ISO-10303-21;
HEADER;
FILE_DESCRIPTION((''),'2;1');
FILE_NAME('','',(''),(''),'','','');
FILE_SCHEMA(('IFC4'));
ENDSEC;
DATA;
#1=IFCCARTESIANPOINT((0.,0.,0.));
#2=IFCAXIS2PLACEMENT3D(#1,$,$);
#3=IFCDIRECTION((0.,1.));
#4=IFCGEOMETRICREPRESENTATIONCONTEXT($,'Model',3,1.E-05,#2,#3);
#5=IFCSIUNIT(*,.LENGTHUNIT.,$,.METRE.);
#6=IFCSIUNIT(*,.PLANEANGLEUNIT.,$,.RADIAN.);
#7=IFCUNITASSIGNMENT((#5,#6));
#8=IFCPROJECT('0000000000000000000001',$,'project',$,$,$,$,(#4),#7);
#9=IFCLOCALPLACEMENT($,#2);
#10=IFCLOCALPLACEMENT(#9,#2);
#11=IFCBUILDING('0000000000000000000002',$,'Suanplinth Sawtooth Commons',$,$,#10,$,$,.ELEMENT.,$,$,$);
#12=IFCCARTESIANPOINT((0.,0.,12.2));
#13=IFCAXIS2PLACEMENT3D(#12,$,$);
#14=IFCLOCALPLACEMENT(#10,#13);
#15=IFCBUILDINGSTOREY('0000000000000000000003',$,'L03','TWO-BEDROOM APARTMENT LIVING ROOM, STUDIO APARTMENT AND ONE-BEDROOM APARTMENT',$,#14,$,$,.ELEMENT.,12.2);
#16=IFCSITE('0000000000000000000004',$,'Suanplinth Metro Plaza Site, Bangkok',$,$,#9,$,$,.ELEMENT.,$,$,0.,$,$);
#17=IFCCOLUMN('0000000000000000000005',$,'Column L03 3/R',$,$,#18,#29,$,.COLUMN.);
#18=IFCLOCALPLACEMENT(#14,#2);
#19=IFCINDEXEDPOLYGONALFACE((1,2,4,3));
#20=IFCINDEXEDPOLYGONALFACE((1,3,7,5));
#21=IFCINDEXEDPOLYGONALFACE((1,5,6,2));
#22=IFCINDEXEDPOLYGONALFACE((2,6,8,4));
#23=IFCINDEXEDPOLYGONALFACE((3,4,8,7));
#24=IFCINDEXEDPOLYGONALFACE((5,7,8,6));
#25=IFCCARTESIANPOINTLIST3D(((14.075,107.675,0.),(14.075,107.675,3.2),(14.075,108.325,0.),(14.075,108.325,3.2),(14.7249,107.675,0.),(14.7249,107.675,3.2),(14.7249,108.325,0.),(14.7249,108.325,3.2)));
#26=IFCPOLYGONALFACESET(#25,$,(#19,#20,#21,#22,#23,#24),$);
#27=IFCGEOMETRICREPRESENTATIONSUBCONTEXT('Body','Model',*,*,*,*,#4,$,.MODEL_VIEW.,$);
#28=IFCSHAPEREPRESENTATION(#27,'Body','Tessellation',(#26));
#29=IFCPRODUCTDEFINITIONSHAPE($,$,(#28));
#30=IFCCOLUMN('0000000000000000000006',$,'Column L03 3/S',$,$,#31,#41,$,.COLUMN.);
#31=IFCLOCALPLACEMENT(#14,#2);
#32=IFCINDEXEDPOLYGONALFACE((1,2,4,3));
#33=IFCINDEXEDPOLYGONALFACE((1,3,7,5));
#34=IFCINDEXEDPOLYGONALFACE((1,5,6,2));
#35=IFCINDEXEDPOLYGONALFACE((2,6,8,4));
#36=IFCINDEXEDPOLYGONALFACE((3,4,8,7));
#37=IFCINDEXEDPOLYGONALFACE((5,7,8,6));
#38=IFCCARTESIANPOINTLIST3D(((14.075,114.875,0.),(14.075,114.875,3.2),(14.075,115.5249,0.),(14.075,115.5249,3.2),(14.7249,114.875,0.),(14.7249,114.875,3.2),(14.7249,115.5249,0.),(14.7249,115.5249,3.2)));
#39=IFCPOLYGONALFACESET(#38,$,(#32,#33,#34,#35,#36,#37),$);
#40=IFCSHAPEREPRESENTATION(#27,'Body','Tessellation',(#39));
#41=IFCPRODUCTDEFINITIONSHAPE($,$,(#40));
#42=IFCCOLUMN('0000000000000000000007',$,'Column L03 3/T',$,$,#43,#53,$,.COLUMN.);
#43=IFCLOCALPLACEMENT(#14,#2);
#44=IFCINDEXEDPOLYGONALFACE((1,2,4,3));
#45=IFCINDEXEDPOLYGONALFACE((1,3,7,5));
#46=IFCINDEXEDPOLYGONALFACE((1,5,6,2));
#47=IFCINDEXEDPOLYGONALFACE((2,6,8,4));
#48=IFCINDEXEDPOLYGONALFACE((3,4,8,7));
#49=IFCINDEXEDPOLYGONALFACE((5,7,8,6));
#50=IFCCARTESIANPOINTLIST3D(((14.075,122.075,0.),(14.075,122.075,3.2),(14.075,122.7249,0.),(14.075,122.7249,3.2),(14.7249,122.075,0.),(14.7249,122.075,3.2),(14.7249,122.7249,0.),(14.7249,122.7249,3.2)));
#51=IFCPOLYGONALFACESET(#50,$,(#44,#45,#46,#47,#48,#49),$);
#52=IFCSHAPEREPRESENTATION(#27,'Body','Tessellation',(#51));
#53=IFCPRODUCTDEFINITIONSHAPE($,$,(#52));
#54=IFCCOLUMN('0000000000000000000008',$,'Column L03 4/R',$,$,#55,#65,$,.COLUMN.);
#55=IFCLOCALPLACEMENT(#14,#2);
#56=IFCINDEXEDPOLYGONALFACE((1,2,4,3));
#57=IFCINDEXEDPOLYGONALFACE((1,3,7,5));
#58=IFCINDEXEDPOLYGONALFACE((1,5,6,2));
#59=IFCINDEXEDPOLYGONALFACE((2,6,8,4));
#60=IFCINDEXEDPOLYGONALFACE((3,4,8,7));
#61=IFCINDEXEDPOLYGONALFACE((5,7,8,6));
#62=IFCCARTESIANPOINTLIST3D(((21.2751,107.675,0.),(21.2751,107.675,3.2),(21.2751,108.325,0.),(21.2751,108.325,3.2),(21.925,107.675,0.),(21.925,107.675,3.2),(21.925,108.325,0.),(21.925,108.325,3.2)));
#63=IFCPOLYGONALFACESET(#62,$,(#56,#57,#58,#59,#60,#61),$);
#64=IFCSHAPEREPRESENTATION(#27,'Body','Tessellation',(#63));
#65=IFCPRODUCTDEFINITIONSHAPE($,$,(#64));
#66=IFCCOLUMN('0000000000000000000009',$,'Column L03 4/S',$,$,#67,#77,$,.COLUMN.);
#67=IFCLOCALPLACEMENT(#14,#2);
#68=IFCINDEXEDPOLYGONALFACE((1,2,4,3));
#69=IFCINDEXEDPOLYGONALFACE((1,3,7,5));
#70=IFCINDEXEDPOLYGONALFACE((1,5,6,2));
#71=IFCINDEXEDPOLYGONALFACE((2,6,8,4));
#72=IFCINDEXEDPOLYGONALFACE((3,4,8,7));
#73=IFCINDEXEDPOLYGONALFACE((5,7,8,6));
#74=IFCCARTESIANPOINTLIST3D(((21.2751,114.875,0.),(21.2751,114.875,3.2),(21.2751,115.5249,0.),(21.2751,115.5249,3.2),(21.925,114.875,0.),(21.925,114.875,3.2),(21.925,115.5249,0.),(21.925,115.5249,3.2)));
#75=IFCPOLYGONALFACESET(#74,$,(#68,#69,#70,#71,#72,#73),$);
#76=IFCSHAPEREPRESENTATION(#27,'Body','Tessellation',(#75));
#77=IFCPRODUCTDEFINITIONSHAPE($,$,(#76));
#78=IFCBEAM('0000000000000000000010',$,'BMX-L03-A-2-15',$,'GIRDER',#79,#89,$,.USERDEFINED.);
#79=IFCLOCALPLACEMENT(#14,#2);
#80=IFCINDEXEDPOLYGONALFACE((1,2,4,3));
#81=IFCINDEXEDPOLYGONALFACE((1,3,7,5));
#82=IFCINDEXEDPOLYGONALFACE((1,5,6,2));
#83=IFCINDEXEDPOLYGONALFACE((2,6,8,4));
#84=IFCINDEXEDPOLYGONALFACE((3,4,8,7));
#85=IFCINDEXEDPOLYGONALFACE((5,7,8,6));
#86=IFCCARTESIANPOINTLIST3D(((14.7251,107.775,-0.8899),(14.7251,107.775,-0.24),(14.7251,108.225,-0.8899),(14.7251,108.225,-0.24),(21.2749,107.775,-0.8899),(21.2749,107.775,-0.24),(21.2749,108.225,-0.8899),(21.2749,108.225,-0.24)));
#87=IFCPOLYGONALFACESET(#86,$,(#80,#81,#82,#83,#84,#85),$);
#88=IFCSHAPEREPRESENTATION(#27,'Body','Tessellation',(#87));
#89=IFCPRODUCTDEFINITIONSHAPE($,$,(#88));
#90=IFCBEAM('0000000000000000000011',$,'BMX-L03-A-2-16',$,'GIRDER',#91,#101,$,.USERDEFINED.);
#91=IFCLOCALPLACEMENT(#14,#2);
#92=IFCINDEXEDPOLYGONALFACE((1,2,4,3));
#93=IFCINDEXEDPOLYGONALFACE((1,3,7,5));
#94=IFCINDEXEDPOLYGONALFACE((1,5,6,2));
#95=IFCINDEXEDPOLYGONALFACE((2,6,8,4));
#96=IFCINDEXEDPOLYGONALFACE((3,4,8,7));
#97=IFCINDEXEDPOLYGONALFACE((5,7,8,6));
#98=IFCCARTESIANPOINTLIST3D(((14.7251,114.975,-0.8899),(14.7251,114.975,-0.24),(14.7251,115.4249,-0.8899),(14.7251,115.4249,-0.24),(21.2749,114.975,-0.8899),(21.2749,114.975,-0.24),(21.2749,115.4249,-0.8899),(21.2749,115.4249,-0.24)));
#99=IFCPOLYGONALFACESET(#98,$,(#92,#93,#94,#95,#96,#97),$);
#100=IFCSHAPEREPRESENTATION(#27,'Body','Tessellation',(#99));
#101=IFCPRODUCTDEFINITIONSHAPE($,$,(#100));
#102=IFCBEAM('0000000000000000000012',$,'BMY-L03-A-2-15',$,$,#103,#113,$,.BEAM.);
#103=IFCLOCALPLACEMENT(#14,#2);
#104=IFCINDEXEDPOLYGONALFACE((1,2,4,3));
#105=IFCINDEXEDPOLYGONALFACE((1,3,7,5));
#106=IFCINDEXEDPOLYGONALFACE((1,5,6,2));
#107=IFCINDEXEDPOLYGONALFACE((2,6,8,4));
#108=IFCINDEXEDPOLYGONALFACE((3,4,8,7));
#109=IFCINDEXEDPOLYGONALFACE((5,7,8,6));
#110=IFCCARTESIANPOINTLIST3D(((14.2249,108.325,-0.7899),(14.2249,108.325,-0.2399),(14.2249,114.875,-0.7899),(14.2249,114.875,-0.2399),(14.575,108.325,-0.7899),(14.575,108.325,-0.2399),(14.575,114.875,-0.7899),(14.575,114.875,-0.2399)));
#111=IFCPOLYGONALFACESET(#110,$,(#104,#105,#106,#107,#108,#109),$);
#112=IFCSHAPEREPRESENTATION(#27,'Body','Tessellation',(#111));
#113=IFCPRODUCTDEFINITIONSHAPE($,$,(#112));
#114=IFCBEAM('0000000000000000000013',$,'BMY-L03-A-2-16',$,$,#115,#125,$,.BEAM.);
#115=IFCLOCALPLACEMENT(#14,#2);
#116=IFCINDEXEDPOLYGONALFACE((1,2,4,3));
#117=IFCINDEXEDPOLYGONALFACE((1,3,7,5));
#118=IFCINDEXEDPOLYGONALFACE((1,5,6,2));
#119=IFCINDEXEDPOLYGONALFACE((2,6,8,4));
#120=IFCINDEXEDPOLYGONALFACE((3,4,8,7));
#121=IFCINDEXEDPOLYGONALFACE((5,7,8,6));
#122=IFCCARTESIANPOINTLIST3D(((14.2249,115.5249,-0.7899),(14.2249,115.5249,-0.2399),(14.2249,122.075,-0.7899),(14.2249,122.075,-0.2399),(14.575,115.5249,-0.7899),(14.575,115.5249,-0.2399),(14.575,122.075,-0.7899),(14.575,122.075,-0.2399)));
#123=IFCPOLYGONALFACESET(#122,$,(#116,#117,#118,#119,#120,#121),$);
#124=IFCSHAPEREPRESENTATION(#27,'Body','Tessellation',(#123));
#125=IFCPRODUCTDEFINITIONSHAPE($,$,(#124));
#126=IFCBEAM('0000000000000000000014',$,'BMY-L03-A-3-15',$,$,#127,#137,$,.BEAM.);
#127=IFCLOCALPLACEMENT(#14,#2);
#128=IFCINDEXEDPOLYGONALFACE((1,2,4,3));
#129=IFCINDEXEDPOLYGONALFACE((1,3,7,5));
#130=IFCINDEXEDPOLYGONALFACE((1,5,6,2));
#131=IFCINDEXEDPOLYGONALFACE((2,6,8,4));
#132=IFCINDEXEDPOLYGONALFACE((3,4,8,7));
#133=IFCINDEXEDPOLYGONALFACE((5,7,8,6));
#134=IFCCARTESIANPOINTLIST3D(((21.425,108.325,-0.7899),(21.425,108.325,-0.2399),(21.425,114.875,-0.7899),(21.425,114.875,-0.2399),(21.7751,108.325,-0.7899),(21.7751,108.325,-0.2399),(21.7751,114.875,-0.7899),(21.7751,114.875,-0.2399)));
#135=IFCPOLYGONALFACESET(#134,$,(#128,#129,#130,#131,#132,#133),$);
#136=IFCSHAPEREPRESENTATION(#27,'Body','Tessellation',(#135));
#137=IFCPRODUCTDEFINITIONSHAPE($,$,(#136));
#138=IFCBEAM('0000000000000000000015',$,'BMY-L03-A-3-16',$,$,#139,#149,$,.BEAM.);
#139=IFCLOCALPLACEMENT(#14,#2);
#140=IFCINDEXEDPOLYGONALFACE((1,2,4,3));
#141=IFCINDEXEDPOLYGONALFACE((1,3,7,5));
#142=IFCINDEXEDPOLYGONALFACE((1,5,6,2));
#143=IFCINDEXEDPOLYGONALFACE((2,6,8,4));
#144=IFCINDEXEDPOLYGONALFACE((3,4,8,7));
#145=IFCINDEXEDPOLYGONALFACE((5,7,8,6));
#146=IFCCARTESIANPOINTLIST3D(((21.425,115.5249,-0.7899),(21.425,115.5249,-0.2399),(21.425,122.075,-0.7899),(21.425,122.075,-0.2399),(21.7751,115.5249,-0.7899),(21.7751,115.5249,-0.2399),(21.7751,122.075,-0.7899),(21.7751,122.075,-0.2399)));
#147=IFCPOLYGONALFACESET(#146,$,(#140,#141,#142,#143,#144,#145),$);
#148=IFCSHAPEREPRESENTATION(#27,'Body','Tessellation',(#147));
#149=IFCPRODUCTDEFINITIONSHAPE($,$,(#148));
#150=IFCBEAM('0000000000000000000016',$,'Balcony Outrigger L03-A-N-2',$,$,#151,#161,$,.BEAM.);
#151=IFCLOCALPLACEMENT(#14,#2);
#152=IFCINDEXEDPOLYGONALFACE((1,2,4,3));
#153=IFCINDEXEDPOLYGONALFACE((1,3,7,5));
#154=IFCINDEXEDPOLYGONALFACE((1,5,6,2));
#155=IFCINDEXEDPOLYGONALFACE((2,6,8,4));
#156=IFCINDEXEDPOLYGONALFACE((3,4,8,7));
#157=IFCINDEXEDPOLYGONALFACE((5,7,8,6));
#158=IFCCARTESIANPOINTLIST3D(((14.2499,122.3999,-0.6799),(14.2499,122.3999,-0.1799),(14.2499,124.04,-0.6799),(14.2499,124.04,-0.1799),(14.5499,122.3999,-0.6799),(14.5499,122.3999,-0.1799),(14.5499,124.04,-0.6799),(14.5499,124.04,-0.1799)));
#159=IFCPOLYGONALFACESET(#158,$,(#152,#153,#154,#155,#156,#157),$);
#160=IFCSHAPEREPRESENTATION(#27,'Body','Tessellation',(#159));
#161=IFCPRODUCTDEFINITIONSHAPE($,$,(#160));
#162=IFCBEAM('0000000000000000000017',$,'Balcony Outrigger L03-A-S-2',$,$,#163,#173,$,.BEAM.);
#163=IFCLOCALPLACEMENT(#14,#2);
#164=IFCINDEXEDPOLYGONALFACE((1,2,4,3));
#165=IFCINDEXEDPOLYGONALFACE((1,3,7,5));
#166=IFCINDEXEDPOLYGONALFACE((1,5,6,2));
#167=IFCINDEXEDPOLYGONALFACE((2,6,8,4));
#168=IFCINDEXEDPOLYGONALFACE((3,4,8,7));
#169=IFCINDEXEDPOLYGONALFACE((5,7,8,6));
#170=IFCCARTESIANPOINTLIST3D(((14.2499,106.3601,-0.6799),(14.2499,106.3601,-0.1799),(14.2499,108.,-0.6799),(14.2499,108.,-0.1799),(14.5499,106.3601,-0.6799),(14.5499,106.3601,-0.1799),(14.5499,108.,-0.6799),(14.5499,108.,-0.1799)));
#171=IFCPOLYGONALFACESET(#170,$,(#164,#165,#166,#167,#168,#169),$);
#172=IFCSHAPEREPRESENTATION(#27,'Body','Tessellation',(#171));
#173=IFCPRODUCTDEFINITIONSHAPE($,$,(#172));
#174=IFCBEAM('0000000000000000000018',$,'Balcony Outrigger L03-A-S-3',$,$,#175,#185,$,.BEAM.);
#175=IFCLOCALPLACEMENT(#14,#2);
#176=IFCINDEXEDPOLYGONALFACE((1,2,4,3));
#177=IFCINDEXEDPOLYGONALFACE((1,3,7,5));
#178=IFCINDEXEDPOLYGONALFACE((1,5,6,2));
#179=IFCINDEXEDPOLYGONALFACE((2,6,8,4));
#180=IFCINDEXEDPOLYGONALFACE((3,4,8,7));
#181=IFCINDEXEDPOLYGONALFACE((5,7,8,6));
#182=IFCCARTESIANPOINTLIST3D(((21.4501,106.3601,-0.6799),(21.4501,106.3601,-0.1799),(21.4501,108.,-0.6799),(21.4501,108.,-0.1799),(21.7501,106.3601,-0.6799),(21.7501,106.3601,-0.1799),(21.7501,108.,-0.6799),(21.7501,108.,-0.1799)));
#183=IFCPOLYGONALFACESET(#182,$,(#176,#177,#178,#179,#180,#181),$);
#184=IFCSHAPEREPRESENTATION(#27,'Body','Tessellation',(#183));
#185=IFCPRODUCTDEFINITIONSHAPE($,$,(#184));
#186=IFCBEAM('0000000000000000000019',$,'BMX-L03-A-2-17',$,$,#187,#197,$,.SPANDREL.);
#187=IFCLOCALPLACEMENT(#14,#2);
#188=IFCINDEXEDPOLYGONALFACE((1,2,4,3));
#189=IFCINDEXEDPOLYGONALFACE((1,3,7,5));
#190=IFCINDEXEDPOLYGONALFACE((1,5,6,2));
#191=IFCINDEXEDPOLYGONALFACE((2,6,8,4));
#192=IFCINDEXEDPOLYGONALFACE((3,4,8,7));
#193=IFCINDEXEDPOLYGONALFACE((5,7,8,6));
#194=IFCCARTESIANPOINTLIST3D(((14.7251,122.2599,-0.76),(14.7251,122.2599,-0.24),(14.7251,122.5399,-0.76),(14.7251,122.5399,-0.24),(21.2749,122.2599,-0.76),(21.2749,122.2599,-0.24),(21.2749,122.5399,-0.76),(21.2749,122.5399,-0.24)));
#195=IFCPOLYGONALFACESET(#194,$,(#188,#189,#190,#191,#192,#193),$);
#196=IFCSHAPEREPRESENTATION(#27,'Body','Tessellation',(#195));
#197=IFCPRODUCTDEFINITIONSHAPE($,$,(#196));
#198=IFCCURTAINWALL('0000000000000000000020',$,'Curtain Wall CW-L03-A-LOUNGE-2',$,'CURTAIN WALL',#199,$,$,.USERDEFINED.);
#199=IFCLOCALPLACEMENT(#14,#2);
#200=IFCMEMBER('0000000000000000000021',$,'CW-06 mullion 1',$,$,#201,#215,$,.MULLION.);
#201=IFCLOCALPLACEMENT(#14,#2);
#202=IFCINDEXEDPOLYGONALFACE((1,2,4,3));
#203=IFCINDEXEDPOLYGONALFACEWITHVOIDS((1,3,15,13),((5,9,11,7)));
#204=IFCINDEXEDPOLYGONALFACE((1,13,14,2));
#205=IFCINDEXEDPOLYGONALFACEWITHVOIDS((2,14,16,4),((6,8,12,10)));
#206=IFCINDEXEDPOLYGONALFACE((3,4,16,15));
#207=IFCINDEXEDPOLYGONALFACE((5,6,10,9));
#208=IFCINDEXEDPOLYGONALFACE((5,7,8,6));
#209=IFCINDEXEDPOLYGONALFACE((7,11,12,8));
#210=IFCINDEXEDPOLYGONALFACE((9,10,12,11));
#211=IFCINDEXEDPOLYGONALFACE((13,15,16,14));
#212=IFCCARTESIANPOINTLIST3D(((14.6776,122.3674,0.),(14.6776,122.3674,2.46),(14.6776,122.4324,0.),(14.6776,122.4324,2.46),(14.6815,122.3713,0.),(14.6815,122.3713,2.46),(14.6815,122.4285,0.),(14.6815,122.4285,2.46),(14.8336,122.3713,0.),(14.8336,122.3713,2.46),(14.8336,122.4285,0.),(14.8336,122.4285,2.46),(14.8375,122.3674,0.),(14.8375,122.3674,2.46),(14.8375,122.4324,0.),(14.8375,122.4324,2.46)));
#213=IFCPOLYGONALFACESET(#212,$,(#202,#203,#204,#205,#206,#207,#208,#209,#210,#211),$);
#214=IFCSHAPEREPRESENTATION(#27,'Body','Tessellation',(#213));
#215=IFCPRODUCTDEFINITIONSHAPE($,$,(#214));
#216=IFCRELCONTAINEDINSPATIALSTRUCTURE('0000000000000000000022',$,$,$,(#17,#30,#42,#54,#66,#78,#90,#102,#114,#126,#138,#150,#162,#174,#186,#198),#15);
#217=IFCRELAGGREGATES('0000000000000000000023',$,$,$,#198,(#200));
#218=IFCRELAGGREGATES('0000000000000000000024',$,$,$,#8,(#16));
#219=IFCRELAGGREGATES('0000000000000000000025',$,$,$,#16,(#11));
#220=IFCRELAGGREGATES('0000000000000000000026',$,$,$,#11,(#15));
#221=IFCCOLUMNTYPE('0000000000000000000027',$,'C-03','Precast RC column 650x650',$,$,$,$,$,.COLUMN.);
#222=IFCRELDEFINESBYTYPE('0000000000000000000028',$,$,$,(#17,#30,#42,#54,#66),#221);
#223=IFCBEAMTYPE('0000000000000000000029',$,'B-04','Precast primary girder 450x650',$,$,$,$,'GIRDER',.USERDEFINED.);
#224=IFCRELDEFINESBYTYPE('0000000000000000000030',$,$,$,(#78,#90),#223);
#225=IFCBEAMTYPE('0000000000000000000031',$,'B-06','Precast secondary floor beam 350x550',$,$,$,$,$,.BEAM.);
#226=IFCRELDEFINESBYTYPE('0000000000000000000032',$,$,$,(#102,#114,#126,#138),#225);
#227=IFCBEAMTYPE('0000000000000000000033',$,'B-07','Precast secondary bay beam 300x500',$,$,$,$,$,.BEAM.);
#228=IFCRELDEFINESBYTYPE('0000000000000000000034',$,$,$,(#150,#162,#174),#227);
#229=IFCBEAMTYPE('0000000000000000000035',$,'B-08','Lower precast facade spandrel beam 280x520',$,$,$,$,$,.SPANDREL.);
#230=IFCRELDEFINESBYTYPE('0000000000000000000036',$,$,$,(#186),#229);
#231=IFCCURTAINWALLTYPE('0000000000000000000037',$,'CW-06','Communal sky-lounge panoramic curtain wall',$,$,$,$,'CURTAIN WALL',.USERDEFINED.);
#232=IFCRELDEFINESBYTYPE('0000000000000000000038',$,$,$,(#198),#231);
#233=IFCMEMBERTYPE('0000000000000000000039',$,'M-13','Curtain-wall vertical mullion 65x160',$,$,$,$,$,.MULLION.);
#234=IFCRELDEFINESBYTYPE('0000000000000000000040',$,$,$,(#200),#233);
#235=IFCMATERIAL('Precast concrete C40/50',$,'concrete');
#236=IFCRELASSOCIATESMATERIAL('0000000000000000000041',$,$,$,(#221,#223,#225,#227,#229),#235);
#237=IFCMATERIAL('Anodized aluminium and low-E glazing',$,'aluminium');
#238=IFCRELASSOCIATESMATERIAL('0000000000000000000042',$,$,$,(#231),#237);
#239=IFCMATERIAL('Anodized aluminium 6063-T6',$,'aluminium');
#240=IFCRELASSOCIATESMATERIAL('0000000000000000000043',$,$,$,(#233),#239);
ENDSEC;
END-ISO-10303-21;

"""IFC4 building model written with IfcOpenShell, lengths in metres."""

from ifc_helpers import new_model, si_unit, direction, frame, origin, origin_2d, place, context, subcontext, project, spatial, rectangle, hollow_rectangle, extrude, material, material_profile, profile_set, type_object, element, aggregate, save


model = new_model("IFC4")

# Units and contexts
model_context = context("Model", 3, precision=1e-05, world=origin(), true_north=direction((0.0, 1.0)))
body_context = subcontext(model_context, "Body", "Model", "MODEL_VIEW")
ifc_project = project(units=[si_unit("LENGTHUNIT", "METRE"), si_unit("PLANEANGLEUNIT", "RADIAN")], contexts=[model_context])

# Site, building, storey
site_placement = place(None, origin())
site = spatial("IfcSite", under=ifc_project, at=site_placement, Name="Suanplinth Metro Plaza Site, Bangkok", CompositionType="ELEMENT", RefElevation=0.0)
building_placement = place(site_placement, origin())
building = spatial("IfcBuilding", under=site, at=building_placement, Name="Suanplinth Sawtooth Commons", CompositionType="ELEMENT")
storey_placement = place(building_placement, frame((0.0, 0.0, 12.2)))
storey = spatial("IfcBuildingStorey", under=building, at=storey_placement, Name="L03", Description="TWO-BEDROOM APARTMENT LIVING ROOM, STUDIO APARTMENT AND ONE-BEDROOM APARTMENT", CompositionType="ELEMENT", Elevation=12.2)

# Columns
ifc_material_1 = material(Name="Precast concrete C40/50", Category="concrete")
ifc_material_profile_1 = material_profile(ifc_material_1, rectangle(XDim=0.6499, YDim=0.6499, at=origin_2d()), Name="PC-COL 650x650")
ifc_profile_set_1 = profile_set([ifc_material_profile_1], Name="Precast concrete C40/50")
column_type = type_object("IfcColumnType", Name="C-03", Description="Precast RC column 650x650", PredefinedType="COLUMN", material=ifc_profile_set_1)
for number, where, z_axis, x_axis, name in (
    (1, (14.3999, 108.0, 0.0), (0.0, 0.0, 1.0), (1.0, 0.0, 0.0), "Column L03 3/R"),
    (2, (14.3999, 115.2, 0.0), (0.0, 0.0, 1.0), (1.0, 0.0, 0.0), "Column L03 3/S"),
    (3, (14.3999, 122.3999, 0.0), (0.0, 0.0, 1.0), (1.0, 0.0, 0.0), "Column L03 3/T"),
    (4, (21.6001, 108.0, 0.0), (0.0, 0.0, 1.0), (1.0, 0.0, 0.0), "Column L03 4/R"),
    (5, (21.6001, 115.2, 0.0), (0.0, 0.0, 1.0), (1.0, 0.0, 0.0), "Column L03 4/S"),
):
    element("IfcColumn", number, at=place(storey_placement, frame(where, z_axis=z_axis, x_axis=x_axis)), inside=storey, type_object=column_type, Name=name, PredefinedType="COLUMN", context=body_context, shape_type="SweptSolid", body=[
        extrude(rectangle(XDim=0.6499, YDim=0.6499, at=origin_2d()), origin(), (0.0, 0.0, 1.0), 3.2),
    ])

# Beams
ifc_material_profile_2 = material_profile(ifc_material_1, rectangle(XDim=0.45, YDim=0.6499, at=origin_2d()), Name="PC-GDR 450x650")
ifc_profile_set_2 = profile_set([ifc_material_profile_2], Name="Precast concrete C40/50")
beam_type_1 = type_object("IfcBeamType", Name="B-04", Description="Precast primary girder 450x650", ElementType="GIRDER", PredefinedType="USERDEFINED", material=ifc_profile_set_2)
for number, where, z_axis, x_axis, name in (
    (6, (14.7251, 108.0, -0.5649), (1.0, 0.0, 0.0), (0.0, 1.0, 0.0), "BMX-L03-A-2-15"),
    (7, (14.7251, 115.2, -0.5649), (1.0, 0.0, 0.0), (0.0, 1.0, 0.0), "BMX-L03-A-2-16"),
):
    element("IfcBeam", number, at=place(storey_placement, frame(where, z_axis=z_axis, x_axis=x_axis)), inside=storey, type_object=beam_type_1, Name=name, ObjectType="GIRDER", PredefinedType="USERDEFINED", context=body_context, shape_type="SweptSolid", body=[
        extrude(rectangle(XDim=0.45, YDim=0.6499, at=origin_2d()), origin(), (0.0, 0.0, 1.0), 6.5498),
    ])
ifc_material_profile_3 = material_profile(ifc_material_1, rectangle(XDim=0.3501, YDim=0.55, at=origin_2d()), Name="PC-BM 350x550")
ifc_profile_set_3 = profile_set([ifc_material_profile_3], Name="Precast concrete C40/50")
beam_type_2 = type_object("IfcBeamType", Name="B-06", Description="Precast secondary floor beam 350x550", PredefinedType="BEAM", material=ifc_profile_set_3)
for number, where, z_axis, x_axis, name in (
    (8, (14.3999, 108.325, -0.5149), (0.0, 1.0, 0.0), (-1.0, 0.0, 0.0), "BMY-L03-A-2-15"),
    (9, (14.3999, 115.5249, -0.5149), (0.0, 1.0, 0.0), (-1.0, 0.0, 0.0), "BMY-L03-A-2-16"),
    (10, (21.6001, 108.325, -0.5149), (0.0, 1.0, 0.0), (-1.0, 0.0, 0.0), "BMY-L03-A-3-15"),
    (11, (21.6001, 115.5249, -0.5149), (0.0, 1.0, 0.0), (-1.0, 0.0, 0.0), "BMY-L03-A-3-16"),
):
    element("IfcBeam", number, at=place(storey_placement, frame(where, z_axis=z_axis, x_axis=x_axis)), inside=storey, type_object=beam_type_2, Name=name, PredefinedType="BEAM", context=body_context, shape_type="SweptSolid", body=[
        extrude(rectangle(XDim=0.3501, YDim=0.55, at=origin_2d()), origin(), (0.0, 0.0, 1.0), 6.55),
    ])
ifc_material_profile_4 = material_profile(ifc_material_1, rectangle(XDim=0.3, YDim=0.5, at=origin_2d()), Name="PC-BM 300x500")
ifc_profile_set_4 = profile_set([ifc_material_profile_4], Name="Precast concrete C40/50")
beam_type_3 = type_object("IfcBeamType", Name="B-07", Description="Precast secondary bay beam 300x500", PredefinedType="BEAM", material=ifc_profile_set_4)
beam_1_placement = place(storey_placement, frame((14.3999, 122.3999, -0.4299), z_axis=(0.0, 1.0, 0.0), x_axis=(-1.0, 0.0, 0.0)))
element("IfcBeam", 12, at=beam_1_placement, inside=storey, type_object=beam_type_3, Name="Balcony Outrigger L03-A-N-2", PredefinedType="BEAM", context=body_context, shape_type="SweptSolid", body=[
    extrude(rectangle(XDim=0.3, YDim=0.5, at=origin_2d()), origin(), (0.0, 0.0, 1.0), 1.6401),
])
for number, where, z_axis, x_axis, name in (
    (13, (14.3999, 108.0, -0.4299), (0.0, -1.0, 0.0), (1.0, 0.0, 0.0), "Balcony Outrigger L03-A-S-2"),
    (14, (21.6001, 108.0, -0.4299), (0.0, -1.0, 0.0), (1.0, 0.0, 0.0), "Balcony Outrigger L03-A-S-3"),
):
    element("IfcBeam", number, at=place(storey_placement, frame(where, z_axis=z_axis, x_axis=x_axis)), inside=storey, type_object=beam_type_3, Name=name, PredefinedType="BEAM", context=body_context, shape_type="SweptSolid", body=[
        extrude(rectangle(XDim=0.3, YDim=0.5, at=origin_2d()), origin(), (0.0, 0.0, 1.0), 1.6399),
    ])
ifc_material_profile_5 = material_profile(ifc_material_1, rectangle(XDim=0.28, YDim=0.52, at=origin_2d()), Name="PC-SP 280x520")
ifc_profile_set_5 = profile_set([ifc_material_profile_5], Name="Precast concrete C40/50")
beam_type_4 = type_object("IfcBeamType", Name="B-08", Description="Lower precast facade spandrel beam 280x520", PredefinedType="SPANDREL", material=ifc_profile_set_5)
beam_2_placement = place(storey_placement, frame((14.7251, 122.3999, -0.5), z_axis=(1.0, 0.0, 0.0), x_axis=(0.0, 1.0, 0.0)))
element("IfcBeam", 15, at=beam_2_placement, inside=storey, type_object=beam_type_4, Name="BMX-L03-A-2-17", PredefinedType="SPANDREL", context=body_context, shape_type="SweptSolid", body=[
    extrude(rectangle(XDim=0.28, YDim=0.52, at=origin_2d()), origin(), (0.0, 0.0, 1.0), 6.5498),
])

# Curtain wall, member
ifc_material_2 = material(Name="Anodized aluminium and low-E glazing", Category="aluminium")
curtain_wall_type = type_object("IfcCurtainWallType", Name="CW-06", Description="Communal sky-lounge panoramic curtain wall", ElementType="CURTAIN WALL", PredefinedType="USERDEFINED", material=ifc_material_2)
curtain_wall_placement = place(storey_placement, origin())
curtain_wall = element("IfcCurtainWall", 16, at=curtain_wall_placement, inside=storey, type_object=curtain_wall_type, Name="Curtain Wall CW-L03-A-LOUNGE-2", ObjectType="CURTAIN WALL", PredefinedType="USERDEFINED")
ifc_material_3 = material(Name="Anodized aluminium 6063-T6", Category="aluminium")
ifc_material_profile_6 = material_profile(ifc_material_3, hollow_rectangle(XDim=0.0649, YDim=0.1599, WallThickness=0.0039, at=origin_2d()), Name="ALU-MUL 65x160")
ifc_profile_set_6 = profile_set([ifc_material_profile_6], Name="Anodized aluminium 6063-T6")
member_type = type_object("IfcMemberType", Name="M-13", Description="Curtain-wall vertical mullion 65x160", PredefinedType="MULLION", material=ifc_profile_set_6)
member_placement = place(storey_placement, frame((14.7576, 122.3999, 0.0), z_axis=(0.0, 0.0, 1.0), x_axis=(0.0, 1.0, 0.0)))
member = element("IfcMember", 17, at=member_placement, type_object=member_type, Name="CW-06 mullion 1", PredefinedType="MULLION", context=body_context, shape_type="SweptSolid", body=[
    extrude(hollow_rectangle(XDim=0.0649, YDim=0.1599, WallThickness=0.0039, at=origin_2d()), origin(), (0.0, 0.0, 1.0), 2.46),
])
aggregate(curtain_wall, [member])

save(model, "model.ifc")
